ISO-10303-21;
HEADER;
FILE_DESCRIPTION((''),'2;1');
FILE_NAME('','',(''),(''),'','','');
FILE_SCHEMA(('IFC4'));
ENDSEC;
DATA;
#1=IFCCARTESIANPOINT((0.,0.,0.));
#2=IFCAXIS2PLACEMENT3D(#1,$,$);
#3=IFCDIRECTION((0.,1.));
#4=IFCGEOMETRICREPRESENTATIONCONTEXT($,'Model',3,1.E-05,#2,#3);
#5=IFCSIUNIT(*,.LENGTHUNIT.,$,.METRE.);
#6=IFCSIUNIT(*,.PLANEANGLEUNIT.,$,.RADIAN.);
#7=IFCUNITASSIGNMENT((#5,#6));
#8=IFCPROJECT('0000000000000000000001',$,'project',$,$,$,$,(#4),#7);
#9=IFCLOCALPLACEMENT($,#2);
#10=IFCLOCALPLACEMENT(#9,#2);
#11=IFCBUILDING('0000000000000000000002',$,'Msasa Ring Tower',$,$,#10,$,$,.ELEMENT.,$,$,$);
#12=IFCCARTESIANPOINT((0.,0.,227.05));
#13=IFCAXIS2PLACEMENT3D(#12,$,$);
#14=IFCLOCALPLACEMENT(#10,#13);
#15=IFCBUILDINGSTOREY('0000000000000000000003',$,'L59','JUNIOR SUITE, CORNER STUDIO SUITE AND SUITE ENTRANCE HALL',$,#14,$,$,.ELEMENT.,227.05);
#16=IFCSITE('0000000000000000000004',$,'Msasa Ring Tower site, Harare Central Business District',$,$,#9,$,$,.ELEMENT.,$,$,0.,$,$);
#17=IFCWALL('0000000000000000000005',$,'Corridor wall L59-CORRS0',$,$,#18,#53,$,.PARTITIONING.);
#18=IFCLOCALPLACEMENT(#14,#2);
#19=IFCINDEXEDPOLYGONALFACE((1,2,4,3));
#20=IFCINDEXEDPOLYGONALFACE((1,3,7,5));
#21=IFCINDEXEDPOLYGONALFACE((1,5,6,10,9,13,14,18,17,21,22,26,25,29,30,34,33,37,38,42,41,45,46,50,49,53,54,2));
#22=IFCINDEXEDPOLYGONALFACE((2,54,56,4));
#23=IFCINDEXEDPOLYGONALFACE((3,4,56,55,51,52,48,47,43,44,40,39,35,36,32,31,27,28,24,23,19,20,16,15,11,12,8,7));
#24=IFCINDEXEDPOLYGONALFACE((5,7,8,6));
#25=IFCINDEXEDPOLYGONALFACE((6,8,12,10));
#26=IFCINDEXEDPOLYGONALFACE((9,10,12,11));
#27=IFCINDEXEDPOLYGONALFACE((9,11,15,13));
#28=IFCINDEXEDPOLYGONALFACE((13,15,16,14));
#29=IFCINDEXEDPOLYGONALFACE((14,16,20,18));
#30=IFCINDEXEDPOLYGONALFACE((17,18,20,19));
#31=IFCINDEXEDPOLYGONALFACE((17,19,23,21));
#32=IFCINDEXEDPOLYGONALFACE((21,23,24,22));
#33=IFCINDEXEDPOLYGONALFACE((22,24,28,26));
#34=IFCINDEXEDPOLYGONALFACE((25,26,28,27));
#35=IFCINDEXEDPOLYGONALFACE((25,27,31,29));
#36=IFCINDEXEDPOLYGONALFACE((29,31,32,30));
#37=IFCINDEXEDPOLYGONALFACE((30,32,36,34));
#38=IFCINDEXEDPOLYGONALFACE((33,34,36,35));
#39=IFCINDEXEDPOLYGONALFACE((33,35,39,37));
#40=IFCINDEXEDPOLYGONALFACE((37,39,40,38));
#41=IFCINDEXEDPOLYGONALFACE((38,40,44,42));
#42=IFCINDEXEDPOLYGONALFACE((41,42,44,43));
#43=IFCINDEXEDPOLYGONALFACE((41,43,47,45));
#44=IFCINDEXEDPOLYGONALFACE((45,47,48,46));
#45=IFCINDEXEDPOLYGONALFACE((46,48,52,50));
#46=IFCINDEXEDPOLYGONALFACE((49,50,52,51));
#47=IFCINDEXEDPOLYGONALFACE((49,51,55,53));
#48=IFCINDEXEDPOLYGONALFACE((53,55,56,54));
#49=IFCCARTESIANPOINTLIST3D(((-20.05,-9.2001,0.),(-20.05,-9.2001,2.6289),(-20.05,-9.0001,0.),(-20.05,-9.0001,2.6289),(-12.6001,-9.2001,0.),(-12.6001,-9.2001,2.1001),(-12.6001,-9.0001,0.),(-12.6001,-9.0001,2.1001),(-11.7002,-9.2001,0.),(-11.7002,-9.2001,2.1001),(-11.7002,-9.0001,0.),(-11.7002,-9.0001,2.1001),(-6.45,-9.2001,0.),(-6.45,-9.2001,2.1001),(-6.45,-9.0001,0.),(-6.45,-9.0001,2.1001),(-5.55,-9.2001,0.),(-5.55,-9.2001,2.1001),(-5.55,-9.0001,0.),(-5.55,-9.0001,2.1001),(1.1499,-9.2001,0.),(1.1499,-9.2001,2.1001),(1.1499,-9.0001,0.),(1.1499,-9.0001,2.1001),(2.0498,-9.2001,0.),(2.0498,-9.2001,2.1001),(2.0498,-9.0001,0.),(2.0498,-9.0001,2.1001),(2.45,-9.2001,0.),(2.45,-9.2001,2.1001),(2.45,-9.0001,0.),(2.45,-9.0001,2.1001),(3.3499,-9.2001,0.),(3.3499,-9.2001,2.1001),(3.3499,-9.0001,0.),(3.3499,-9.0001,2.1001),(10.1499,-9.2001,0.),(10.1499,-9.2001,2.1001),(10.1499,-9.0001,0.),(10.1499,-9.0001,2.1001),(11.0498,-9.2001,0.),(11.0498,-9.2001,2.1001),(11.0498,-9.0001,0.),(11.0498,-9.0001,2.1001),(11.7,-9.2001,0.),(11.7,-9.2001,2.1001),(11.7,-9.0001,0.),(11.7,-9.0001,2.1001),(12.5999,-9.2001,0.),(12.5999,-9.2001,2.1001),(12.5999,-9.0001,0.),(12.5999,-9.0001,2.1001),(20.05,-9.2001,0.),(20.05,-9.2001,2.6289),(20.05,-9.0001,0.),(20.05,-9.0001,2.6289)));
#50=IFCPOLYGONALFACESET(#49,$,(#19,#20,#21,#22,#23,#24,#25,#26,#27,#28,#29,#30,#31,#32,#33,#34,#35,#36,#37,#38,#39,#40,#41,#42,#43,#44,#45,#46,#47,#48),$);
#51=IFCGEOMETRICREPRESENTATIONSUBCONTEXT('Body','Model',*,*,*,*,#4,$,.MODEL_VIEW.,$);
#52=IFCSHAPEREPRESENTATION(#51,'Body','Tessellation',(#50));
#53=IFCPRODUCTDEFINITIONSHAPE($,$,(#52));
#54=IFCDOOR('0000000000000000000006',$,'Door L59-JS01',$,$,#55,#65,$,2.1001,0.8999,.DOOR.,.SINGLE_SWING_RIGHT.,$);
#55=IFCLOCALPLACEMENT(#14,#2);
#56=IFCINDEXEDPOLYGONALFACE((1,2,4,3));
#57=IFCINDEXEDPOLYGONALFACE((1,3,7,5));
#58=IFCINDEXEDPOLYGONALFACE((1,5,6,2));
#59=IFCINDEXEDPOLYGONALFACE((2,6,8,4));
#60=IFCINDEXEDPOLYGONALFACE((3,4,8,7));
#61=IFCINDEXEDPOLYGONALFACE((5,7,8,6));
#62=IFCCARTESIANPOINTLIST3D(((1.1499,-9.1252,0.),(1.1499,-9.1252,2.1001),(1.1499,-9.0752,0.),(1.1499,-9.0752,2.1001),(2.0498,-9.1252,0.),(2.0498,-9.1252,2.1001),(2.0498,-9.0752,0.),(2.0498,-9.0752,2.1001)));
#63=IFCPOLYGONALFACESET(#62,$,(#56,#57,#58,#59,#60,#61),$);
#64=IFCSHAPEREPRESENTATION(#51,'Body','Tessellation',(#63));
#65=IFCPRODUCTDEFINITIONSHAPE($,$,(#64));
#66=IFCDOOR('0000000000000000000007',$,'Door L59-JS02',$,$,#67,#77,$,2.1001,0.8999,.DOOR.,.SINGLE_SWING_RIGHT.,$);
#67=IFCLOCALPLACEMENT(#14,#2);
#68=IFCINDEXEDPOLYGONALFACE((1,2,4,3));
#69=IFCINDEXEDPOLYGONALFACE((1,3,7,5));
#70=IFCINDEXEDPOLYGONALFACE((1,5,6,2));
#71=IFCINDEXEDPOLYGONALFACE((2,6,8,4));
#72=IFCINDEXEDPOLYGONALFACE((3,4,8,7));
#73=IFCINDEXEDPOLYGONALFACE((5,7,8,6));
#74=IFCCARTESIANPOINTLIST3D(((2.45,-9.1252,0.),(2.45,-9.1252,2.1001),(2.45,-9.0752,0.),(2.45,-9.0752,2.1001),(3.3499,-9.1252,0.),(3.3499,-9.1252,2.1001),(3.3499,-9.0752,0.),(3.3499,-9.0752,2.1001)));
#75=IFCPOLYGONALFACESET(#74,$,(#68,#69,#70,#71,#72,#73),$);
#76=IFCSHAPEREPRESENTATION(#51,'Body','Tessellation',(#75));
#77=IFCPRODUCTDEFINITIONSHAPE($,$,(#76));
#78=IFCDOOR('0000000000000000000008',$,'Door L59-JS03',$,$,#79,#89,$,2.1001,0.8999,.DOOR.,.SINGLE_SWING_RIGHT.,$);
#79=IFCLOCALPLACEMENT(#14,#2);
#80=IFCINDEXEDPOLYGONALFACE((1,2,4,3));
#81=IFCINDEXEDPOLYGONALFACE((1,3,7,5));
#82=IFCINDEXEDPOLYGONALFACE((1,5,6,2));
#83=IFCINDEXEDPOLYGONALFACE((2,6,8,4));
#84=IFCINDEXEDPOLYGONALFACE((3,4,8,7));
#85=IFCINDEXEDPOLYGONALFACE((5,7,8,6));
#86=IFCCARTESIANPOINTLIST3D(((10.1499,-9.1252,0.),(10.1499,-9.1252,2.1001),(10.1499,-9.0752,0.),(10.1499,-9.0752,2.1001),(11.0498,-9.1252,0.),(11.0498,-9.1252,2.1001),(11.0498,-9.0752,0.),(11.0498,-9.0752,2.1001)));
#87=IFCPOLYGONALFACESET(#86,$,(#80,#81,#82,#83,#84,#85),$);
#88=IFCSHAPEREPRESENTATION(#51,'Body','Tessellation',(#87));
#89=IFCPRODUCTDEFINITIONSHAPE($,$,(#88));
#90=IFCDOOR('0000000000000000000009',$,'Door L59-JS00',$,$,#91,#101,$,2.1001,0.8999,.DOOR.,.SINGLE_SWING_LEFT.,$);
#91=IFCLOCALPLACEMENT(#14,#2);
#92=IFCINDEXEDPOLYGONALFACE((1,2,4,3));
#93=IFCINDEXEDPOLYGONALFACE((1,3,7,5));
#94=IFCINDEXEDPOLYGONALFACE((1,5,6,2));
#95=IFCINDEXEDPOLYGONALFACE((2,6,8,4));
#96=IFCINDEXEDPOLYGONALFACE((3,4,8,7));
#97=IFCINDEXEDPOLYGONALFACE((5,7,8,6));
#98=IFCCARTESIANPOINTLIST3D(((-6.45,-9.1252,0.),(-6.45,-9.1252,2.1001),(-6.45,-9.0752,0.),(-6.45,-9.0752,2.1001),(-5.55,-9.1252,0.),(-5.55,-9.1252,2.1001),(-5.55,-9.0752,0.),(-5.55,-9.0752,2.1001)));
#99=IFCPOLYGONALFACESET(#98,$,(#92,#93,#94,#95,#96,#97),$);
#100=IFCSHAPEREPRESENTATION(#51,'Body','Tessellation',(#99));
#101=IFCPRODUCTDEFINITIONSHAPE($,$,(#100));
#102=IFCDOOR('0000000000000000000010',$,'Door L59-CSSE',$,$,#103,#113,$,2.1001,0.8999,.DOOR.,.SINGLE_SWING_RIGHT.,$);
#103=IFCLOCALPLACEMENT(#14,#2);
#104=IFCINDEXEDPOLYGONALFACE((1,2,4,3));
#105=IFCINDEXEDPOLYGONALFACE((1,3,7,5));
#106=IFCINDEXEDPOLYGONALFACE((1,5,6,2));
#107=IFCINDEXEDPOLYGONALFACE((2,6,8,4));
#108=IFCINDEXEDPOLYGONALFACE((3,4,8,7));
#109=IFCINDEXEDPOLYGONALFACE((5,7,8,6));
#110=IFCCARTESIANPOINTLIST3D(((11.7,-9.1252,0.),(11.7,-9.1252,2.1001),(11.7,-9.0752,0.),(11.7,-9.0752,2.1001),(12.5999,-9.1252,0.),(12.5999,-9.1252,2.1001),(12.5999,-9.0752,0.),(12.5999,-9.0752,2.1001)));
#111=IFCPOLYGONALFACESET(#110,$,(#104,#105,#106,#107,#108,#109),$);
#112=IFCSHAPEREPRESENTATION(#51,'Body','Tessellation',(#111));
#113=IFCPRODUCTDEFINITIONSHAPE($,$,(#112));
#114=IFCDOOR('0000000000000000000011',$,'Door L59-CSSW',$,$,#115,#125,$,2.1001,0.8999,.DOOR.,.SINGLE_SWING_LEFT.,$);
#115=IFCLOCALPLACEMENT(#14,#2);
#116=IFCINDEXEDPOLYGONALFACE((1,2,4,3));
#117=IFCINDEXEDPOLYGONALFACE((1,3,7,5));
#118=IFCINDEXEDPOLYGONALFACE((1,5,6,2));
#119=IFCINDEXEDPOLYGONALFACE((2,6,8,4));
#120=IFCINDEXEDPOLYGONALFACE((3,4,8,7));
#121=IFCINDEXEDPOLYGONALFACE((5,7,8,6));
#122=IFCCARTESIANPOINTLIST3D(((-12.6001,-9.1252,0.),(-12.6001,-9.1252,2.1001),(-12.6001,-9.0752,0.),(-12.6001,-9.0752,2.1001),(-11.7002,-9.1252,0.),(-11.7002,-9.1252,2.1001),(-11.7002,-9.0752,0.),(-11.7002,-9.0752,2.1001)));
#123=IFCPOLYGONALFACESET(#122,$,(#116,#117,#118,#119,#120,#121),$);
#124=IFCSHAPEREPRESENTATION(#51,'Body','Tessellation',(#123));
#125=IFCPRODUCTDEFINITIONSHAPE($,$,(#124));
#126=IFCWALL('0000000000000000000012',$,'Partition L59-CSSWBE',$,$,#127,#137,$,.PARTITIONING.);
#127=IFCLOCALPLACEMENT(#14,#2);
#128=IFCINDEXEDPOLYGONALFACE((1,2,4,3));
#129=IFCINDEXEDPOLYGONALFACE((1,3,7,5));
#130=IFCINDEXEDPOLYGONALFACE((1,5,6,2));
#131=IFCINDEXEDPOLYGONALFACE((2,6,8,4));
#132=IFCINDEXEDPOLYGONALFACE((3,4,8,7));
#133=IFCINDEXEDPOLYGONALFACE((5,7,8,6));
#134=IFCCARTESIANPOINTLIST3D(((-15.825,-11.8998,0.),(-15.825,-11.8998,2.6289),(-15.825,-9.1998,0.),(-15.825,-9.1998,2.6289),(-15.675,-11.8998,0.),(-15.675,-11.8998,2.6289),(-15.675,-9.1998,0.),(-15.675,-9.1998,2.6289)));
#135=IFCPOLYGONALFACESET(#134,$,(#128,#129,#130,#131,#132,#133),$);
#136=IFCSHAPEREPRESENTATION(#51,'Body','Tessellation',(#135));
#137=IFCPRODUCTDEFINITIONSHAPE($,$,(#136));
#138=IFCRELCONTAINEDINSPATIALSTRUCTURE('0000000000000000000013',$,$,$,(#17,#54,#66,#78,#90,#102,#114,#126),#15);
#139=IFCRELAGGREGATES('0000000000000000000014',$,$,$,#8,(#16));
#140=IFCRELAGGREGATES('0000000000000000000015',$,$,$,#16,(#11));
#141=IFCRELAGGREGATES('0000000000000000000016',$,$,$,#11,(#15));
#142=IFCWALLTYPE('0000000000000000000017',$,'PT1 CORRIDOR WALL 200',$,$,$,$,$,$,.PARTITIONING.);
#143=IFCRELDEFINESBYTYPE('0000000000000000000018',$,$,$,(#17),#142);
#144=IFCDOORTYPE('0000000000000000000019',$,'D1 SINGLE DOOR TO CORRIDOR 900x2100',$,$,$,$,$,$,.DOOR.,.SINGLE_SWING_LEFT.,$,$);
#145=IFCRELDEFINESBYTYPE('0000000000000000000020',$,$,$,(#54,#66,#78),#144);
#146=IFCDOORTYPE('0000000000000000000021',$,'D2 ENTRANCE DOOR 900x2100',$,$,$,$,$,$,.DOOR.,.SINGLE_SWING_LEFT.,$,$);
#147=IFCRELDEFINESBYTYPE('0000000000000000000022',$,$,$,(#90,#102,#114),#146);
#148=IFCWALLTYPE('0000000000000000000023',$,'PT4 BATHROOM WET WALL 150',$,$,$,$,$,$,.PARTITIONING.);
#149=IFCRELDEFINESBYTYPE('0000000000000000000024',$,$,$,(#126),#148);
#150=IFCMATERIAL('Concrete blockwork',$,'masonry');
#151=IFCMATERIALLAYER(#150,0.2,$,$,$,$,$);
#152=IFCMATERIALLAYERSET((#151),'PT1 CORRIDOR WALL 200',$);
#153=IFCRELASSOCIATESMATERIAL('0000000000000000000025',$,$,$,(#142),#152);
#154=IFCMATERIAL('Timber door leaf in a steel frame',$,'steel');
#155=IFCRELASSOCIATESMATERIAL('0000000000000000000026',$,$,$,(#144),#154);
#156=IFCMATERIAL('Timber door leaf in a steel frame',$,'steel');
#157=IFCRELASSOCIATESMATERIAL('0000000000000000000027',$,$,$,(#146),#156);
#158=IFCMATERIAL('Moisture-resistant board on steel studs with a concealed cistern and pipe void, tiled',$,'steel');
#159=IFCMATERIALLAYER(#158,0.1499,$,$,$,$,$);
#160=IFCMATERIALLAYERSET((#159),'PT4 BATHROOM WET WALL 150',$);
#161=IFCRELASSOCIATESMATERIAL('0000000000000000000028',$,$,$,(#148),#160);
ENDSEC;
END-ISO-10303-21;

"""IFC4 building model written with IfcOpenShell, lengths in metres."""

from ifc_helpers import new_model, si_unit, direction, frame, frame_2d, origin, place, context, subcontext, project, spatial, rectangle, extrude, material, layer, layer_set, type_object, element, fill, save


model = new_model("IFC4")

# Units and contexts
model_context = context("Model", 3, precision=1e-05, world=origin(), true_north=direction((0.0, 1.0)))
body_context = subcontext(model_context, "Body", "Model", "MODEL_VIEW")
ifc_project = project(units=[si_unit("LENGTHUNIT", "METRE"), si_unit("PLANEANGLEUNIT", "RADIAN")], contexts=[model_context])

# Site, building, storey
site_placement = place(None, origin())
site = spatial("IfcSite", under=ifc_project, at=site_placement, Name="Msasa Ring Tower site, Harare Central Business District", CompositionType="ELEMENT", RefElevation=0.0)
building_placement = place(site_placement, origin())
building = spatial("IfcBuilding", under=site, at=building_placement, Name="Msasa Ring Tower", CompositionType="ELEMENT")
storey_placement = place(building_placement, frame((0.0, 0.0, 227.05)))
storey = spatial("IfcBuildingStorey", under=building, at=storey_placement, Name="L59", Description="JUNIOR SUITE, CORNER STUDIO SUITE AND SUITE ENTRANCE HALL", CompositionType="ELEMENT", Elevation=227.05)

# Wall, openings, doors
ifc_material_1 = material(Name="Concrete blockwork", Category="masonry")
ifc_layer_1 = layer(ifc_material_1, 0.2)
ifc_layer_set_1 = layer_set([ifc_layer_1], Name="PT1 CORRIDOR WALL 200")
wall_type_1 = type_object("IfcWallType", Name="PT1 CORRIDOR WALL 200", PredefinedType="PARTITIONING", material=ifc_layer_set_1)
wall_1_placement = place(storey_placement, frame((-20.05, -9.1001, 0.0), z_axis=(0.0, 0.0, 1.0), x_axis=(1.0, 0.0, 0.0)))
wall_1 = element("IfcWall", 1, at=wall_1_placement, inside=storey, type_object=wall_type_1, Name="Corridor wall L59-CORRS0", PredefinedType="PARTITIONING", context=body_context, shape_type="SweptSolid", body=[
    extrude(rectangle(XDim=40.1001, YDim=0.2, at=frame_2d((20.05, 0.0))), origin(), (0.0, 0.0, 1.0), 2.6289),
])
opening_1_placement = place(wall_1_placement, frame((13.6001, 0.0, 0.0)))
opening_1 = element("IfcOpeningElement", 2, at=opening_1_placement, cuts=wall_1, PredefinedType="OPENING", context=body_context, shape_type="SweptSolid", body=[
    extrude(rectangle(XDim=0.8999, YDim=2.1001, at=frame_2d((0.45, 1.05))), frame((0.0, 0.1099, 0.0), z_axis=(0.0, -1.0, 0.0), x_axis=(1.0, 0.0, 0.0)), (0.0, 0.0, 1.0), 0.22),
])
opening_2_placement = place(wall_1_placement, frame((21.2, 0.0, 0.0)))
opening_2 = element("IfcOpeningElement", 3, at=opening_2_placement, cuts=wall_1, PredefinedType="OPENING", context=body_context, shape_type="SweptSolid", body=[
    extrude(rectangle(XDim=0.8999, YDim=2.1001, at=frame_2d((0.45, 1.05))), frame((0.0, 0.1099, 0.0), z_axis=(0.0, -1.0, 0.0), x_axis=(1.0, 0.0, 0.0)), (0.0, 0.0, 1.0), 0.22),
])
opening_3_placement = place(wall_1_placement, frame((22.5, 0.0, 0.0)))
opening_3 = element("IfcOpeningElement", 4, at=opening_3_placement, cuts=wall_1, PredefinedType="OPENING", context=body_context, shape_type="SweptSolid", body=[
    extrude(rectangle(XDim=0.8999, YDim=2.1001, at=frame_2d((0.45, 1.05))), frame((0.0, 0.1099, 0.0), z_axis=(0.0, -1.0, 0.0), x_axis=(1.0, 0.0, 0.0)), (0.0, 0.0, 1.0), 0.22),
])
opening_4_placement = place(wall_1_placement, frame((30.2, 0.0, 0.0)))
opening_4 = element("IfcOpeningElement", 5, at=opening_4_placement, cuts=wall_1, PredefinedType="OPENING", context=body_context, shape_type="SweptSolid", body=[
    extrude(rectangle(XDim=0.8999, YDim=2.1001, at=frame_2d((0.45, 1.05))), frame((0.0, 0.1099, 0.0), z_axis=(0.0, -1.0, 0.0), x_axis=(1.0, 0.0, 0.0)), (0.0, 0.0, 1.0), 0.22),
])
opening_5_placement = place(wall_1_placement, frame((31.75, 0.0, 0.0)))
opening_5 = element("IfcOpeningElement", 6, at=opening_5_placement, cuts=wall_1, PredefinedType="OPENING", context=body_context, shape_type="SweptSolid", body=[
    extrude(rectangle(XDim=0.8999, YDim=2.1001, at=frame_2d((0.45, 1.05))), frame((0.0, 0.1099, 0.0), z_axis=(0.0, -1.0, 0.0), x_axis=(1.0, 0.0, 0.0)), (0.0, 0.0, 1.0), 0.22),
])
opening_6_placement = place(wall_1_placement, frame((7.45, 0.0, 0.0)))
opening_6 = element("IfcOpeningElement", 7, at=opening_6_placement, cuts=wall_1, PredefinedType="OPENING", context=body_context, shape_type="SweptSolid", body=[
    extrude(rectangle(XDim=0.8999, YDim=2.1001, at=frame_2d((0.45, 1.05))), frame((0.0, 0.1099, 0.0), z_axis=(0.0, -1.0, 0.0), x_axis=(1.0, 0.0, 0.0)), (0.0, 0.0, 1.0), 0.22),
])
ifc_material_2 = material(Name="Timber door leaf in a steel frame", Category="steel")
door_type_1 = type_object("IfcDoorType", Name="D1 SINGLE DOOR TO CORRIDOR 900x2100", OperationType="SINGLE_SWING_LEFT", PredefinedType="DOOR", material=ifc_material_2)
door_1_placement = place(opening_2_placement, origin())
door_1 = element("IfcDoor", 8, at=door_1_placement, inside=storey, type_object=door_type_1, Name="Door L59-JS01", OperationType="SINGLE_SWING_RIGHT", OverallHeight=2.1001, OverallWidth=0.8999, PredefinedType="DOOR", context=body_context, shape_type="SweptSolid", body=[
    extrude(rectangle(XDim=0.8999, YDim=2.1001, at=frame_2d((0.45, 1.05))), frame((0.0, 0.0249, 0.0), z_axis=(0.0, -1.0, 0.0), x_axis=(1.0, 0.0, 0.0)), (0.0, 0.0, 1.0), 0.05),
])
fill(opening_2, door_1)
door_2_placement = place(opening_3_placement, origin())
door_2 = element("IfcDoor", 9, at=door_2_placement, inside=storey, type_object=door_type_1, Name="Door L59-JS02", OperationType="SINGLE_SWING_RIGHT", OverallHeight=2.1001, OverallWidth=0.8999, PredefinedType="DOOR", context=body_context, shape_type="SweptSolid", body=[
    extrude(rectangle(XDim=0.8999, YDim=2.1001, at=frame_2d((0.45, 1.05))), frame((0.0, 0.0249, 0.0), z_axis=(0.0, -1.0, 0.0), x_axis=(1.0, 0.0, 0.0)), (0.0, 0.0, 1.0), 0.05),
])
fill(opening_3, door_2)
door_3_placement = place(opening_4_placement, origin())
door_3 = element("IfcDoor", 10, at=door_3_placement, inside=storey, type_object=door_type_1, Name="Door L59-JS03", OperationType="SINGLE_SWING_RIGHT", OverallHeight=2.1001, OverallWidth=0.8999, PredefinedType="DOOR", context=body_context, shape_type="SweptSolid", body=[
    extrude(rectangle(XDim=0.8999, YDim=2.1001, at=frame_2d((0.45, 1.05))), frame((0.0, 0.0249, 0.0), z_axis=(0.0, -1.0, 0.0), x_axis=(1.0, 0.0, 0.0)), (0.0, 0.0, 1.0), 0.05),
])
fill(opening_4, door_3)
ifc_material_3 = material(Name="Timber door leaf in a steel frame", Category="steel")
door_type_2 = type_object("IfcDoorType", Name="D2 ENTRANCE DOOR 900x2100", OperationType="SINGLE_SWING_LEFT", PredefinedType="DOOR", material=ifc_material_3)
door_4_placement = place(opening_1_placement, origin())
door_4 = element("IfcDoor", 11, at=door_4_placement, inside=storey, type_object=door_type_2, Name="Door L59-JS00", OperationType="SINGLE_SWING_LEFT", OverallHeight=2.1001, OverallWidth=0.8999, PredefinedType="DOOR", context=body_context, shape_type="SweptSolid", body=[
    extrude(rectangle(XDim=0.8999, YDim=2.1001, at=frame_2d((0.45, 1.05))), frame((0.0, 0.0249, 0.0), z_axis=(0.0, -1.0, 0.0), x_axis=(1.0, 0.0, 0.0)), (0.0, 0.0, 1.0), 0.05),
])
fill(opening_1, door_4)
door_5_placement = place(opening_5_placement, origin())
door_5 = element("IfcDoor", 12, at=door_5_placement, inside=storey, type_object=door_type_2, Name="Door L59-CSSE", OperationType="SINGLE_SWING_RIGHT", OverallHeight=2.1001, OverallWidth=0.8999, PredefinedType="DOOR", context=body_context, shape_type="SweptSolid", body=[
    extrude(rectangle(XDim=0.8999, YDim=2.1001, at=frame_2d((0.45, 1.05))), frame((0.0, 0.0249, 0.0), z_axis=(0.0, -1.0, 0.0), x_axis=(1.0, 0.0, 0.0)), (0.0, 0.0, 1.0), 0.05),
])
fill(opening_5, door_5)
door_6_placement = place(opening_6_placement, origin())
door_6 = element("IfcDoor", 13, at=door_6_placement, inside=storey, type_object=door_type_2, Name="Door L59-CSSW", OperationType="SINGLE_SWING_LEFT", OverallHeight=2.1001, OverallWidth=0.8999, PredefinedType="DOOR", context=body_context, shape_type="SweptSolid", body=[
    extrude(rectangle(XDim=0.8999, YDim=2.1001, at=frame_2d((0.45, 1.05))), frame((0.0, 0.0249, 0.0), z_axis=(0.0, -1.0, 0.0), x_axis=(1.0, 0.0, 0.0)), (0.0, 0.0, 1.0), 0.05),
])
fill(opening_6, door_6)

# Wall
ifc_material_4 = material(Name="Moisture-resistant board on steel studs with a concealed cistern and pipe void, tiled", Category="steel")
ifc_layer_2 = layer(ifc_material_4, 0.1499)
ifc_layer_set_2 = layer_set([ifc_layer_2], Name="PT4 BATHROOM WET WALL 150")
wall_type_2 = type_object("IfcWallType", Name="PT4 BATHROOM WET WALL 150", PredefinedType="PARTITIONING", material=ifc_layer_set_2)
wall_2_placement = place(storey_placement, frame((-15.75, -11.8999, 0.0), z_axis=(0.0, 0.0, 1.0), x_axis=(0.0, 1.0, 0.0)))
element("IfcWall", 14, at=wall_2_placement, inside=storey, type_object=wall_type_2, Name="Partition L59-CSSWBE", PredefinedType="PARTITIONING", context=body_context, shape_type="SweptSolid", body=[
    extrude(rectangle(XDim=2.7, YDim=0.1499, at=frame_2d((1.3501, 0.0))), origin(), (0.0, 0.0, 1.0), 2.6289),
])

save(model, "model.ifc")
